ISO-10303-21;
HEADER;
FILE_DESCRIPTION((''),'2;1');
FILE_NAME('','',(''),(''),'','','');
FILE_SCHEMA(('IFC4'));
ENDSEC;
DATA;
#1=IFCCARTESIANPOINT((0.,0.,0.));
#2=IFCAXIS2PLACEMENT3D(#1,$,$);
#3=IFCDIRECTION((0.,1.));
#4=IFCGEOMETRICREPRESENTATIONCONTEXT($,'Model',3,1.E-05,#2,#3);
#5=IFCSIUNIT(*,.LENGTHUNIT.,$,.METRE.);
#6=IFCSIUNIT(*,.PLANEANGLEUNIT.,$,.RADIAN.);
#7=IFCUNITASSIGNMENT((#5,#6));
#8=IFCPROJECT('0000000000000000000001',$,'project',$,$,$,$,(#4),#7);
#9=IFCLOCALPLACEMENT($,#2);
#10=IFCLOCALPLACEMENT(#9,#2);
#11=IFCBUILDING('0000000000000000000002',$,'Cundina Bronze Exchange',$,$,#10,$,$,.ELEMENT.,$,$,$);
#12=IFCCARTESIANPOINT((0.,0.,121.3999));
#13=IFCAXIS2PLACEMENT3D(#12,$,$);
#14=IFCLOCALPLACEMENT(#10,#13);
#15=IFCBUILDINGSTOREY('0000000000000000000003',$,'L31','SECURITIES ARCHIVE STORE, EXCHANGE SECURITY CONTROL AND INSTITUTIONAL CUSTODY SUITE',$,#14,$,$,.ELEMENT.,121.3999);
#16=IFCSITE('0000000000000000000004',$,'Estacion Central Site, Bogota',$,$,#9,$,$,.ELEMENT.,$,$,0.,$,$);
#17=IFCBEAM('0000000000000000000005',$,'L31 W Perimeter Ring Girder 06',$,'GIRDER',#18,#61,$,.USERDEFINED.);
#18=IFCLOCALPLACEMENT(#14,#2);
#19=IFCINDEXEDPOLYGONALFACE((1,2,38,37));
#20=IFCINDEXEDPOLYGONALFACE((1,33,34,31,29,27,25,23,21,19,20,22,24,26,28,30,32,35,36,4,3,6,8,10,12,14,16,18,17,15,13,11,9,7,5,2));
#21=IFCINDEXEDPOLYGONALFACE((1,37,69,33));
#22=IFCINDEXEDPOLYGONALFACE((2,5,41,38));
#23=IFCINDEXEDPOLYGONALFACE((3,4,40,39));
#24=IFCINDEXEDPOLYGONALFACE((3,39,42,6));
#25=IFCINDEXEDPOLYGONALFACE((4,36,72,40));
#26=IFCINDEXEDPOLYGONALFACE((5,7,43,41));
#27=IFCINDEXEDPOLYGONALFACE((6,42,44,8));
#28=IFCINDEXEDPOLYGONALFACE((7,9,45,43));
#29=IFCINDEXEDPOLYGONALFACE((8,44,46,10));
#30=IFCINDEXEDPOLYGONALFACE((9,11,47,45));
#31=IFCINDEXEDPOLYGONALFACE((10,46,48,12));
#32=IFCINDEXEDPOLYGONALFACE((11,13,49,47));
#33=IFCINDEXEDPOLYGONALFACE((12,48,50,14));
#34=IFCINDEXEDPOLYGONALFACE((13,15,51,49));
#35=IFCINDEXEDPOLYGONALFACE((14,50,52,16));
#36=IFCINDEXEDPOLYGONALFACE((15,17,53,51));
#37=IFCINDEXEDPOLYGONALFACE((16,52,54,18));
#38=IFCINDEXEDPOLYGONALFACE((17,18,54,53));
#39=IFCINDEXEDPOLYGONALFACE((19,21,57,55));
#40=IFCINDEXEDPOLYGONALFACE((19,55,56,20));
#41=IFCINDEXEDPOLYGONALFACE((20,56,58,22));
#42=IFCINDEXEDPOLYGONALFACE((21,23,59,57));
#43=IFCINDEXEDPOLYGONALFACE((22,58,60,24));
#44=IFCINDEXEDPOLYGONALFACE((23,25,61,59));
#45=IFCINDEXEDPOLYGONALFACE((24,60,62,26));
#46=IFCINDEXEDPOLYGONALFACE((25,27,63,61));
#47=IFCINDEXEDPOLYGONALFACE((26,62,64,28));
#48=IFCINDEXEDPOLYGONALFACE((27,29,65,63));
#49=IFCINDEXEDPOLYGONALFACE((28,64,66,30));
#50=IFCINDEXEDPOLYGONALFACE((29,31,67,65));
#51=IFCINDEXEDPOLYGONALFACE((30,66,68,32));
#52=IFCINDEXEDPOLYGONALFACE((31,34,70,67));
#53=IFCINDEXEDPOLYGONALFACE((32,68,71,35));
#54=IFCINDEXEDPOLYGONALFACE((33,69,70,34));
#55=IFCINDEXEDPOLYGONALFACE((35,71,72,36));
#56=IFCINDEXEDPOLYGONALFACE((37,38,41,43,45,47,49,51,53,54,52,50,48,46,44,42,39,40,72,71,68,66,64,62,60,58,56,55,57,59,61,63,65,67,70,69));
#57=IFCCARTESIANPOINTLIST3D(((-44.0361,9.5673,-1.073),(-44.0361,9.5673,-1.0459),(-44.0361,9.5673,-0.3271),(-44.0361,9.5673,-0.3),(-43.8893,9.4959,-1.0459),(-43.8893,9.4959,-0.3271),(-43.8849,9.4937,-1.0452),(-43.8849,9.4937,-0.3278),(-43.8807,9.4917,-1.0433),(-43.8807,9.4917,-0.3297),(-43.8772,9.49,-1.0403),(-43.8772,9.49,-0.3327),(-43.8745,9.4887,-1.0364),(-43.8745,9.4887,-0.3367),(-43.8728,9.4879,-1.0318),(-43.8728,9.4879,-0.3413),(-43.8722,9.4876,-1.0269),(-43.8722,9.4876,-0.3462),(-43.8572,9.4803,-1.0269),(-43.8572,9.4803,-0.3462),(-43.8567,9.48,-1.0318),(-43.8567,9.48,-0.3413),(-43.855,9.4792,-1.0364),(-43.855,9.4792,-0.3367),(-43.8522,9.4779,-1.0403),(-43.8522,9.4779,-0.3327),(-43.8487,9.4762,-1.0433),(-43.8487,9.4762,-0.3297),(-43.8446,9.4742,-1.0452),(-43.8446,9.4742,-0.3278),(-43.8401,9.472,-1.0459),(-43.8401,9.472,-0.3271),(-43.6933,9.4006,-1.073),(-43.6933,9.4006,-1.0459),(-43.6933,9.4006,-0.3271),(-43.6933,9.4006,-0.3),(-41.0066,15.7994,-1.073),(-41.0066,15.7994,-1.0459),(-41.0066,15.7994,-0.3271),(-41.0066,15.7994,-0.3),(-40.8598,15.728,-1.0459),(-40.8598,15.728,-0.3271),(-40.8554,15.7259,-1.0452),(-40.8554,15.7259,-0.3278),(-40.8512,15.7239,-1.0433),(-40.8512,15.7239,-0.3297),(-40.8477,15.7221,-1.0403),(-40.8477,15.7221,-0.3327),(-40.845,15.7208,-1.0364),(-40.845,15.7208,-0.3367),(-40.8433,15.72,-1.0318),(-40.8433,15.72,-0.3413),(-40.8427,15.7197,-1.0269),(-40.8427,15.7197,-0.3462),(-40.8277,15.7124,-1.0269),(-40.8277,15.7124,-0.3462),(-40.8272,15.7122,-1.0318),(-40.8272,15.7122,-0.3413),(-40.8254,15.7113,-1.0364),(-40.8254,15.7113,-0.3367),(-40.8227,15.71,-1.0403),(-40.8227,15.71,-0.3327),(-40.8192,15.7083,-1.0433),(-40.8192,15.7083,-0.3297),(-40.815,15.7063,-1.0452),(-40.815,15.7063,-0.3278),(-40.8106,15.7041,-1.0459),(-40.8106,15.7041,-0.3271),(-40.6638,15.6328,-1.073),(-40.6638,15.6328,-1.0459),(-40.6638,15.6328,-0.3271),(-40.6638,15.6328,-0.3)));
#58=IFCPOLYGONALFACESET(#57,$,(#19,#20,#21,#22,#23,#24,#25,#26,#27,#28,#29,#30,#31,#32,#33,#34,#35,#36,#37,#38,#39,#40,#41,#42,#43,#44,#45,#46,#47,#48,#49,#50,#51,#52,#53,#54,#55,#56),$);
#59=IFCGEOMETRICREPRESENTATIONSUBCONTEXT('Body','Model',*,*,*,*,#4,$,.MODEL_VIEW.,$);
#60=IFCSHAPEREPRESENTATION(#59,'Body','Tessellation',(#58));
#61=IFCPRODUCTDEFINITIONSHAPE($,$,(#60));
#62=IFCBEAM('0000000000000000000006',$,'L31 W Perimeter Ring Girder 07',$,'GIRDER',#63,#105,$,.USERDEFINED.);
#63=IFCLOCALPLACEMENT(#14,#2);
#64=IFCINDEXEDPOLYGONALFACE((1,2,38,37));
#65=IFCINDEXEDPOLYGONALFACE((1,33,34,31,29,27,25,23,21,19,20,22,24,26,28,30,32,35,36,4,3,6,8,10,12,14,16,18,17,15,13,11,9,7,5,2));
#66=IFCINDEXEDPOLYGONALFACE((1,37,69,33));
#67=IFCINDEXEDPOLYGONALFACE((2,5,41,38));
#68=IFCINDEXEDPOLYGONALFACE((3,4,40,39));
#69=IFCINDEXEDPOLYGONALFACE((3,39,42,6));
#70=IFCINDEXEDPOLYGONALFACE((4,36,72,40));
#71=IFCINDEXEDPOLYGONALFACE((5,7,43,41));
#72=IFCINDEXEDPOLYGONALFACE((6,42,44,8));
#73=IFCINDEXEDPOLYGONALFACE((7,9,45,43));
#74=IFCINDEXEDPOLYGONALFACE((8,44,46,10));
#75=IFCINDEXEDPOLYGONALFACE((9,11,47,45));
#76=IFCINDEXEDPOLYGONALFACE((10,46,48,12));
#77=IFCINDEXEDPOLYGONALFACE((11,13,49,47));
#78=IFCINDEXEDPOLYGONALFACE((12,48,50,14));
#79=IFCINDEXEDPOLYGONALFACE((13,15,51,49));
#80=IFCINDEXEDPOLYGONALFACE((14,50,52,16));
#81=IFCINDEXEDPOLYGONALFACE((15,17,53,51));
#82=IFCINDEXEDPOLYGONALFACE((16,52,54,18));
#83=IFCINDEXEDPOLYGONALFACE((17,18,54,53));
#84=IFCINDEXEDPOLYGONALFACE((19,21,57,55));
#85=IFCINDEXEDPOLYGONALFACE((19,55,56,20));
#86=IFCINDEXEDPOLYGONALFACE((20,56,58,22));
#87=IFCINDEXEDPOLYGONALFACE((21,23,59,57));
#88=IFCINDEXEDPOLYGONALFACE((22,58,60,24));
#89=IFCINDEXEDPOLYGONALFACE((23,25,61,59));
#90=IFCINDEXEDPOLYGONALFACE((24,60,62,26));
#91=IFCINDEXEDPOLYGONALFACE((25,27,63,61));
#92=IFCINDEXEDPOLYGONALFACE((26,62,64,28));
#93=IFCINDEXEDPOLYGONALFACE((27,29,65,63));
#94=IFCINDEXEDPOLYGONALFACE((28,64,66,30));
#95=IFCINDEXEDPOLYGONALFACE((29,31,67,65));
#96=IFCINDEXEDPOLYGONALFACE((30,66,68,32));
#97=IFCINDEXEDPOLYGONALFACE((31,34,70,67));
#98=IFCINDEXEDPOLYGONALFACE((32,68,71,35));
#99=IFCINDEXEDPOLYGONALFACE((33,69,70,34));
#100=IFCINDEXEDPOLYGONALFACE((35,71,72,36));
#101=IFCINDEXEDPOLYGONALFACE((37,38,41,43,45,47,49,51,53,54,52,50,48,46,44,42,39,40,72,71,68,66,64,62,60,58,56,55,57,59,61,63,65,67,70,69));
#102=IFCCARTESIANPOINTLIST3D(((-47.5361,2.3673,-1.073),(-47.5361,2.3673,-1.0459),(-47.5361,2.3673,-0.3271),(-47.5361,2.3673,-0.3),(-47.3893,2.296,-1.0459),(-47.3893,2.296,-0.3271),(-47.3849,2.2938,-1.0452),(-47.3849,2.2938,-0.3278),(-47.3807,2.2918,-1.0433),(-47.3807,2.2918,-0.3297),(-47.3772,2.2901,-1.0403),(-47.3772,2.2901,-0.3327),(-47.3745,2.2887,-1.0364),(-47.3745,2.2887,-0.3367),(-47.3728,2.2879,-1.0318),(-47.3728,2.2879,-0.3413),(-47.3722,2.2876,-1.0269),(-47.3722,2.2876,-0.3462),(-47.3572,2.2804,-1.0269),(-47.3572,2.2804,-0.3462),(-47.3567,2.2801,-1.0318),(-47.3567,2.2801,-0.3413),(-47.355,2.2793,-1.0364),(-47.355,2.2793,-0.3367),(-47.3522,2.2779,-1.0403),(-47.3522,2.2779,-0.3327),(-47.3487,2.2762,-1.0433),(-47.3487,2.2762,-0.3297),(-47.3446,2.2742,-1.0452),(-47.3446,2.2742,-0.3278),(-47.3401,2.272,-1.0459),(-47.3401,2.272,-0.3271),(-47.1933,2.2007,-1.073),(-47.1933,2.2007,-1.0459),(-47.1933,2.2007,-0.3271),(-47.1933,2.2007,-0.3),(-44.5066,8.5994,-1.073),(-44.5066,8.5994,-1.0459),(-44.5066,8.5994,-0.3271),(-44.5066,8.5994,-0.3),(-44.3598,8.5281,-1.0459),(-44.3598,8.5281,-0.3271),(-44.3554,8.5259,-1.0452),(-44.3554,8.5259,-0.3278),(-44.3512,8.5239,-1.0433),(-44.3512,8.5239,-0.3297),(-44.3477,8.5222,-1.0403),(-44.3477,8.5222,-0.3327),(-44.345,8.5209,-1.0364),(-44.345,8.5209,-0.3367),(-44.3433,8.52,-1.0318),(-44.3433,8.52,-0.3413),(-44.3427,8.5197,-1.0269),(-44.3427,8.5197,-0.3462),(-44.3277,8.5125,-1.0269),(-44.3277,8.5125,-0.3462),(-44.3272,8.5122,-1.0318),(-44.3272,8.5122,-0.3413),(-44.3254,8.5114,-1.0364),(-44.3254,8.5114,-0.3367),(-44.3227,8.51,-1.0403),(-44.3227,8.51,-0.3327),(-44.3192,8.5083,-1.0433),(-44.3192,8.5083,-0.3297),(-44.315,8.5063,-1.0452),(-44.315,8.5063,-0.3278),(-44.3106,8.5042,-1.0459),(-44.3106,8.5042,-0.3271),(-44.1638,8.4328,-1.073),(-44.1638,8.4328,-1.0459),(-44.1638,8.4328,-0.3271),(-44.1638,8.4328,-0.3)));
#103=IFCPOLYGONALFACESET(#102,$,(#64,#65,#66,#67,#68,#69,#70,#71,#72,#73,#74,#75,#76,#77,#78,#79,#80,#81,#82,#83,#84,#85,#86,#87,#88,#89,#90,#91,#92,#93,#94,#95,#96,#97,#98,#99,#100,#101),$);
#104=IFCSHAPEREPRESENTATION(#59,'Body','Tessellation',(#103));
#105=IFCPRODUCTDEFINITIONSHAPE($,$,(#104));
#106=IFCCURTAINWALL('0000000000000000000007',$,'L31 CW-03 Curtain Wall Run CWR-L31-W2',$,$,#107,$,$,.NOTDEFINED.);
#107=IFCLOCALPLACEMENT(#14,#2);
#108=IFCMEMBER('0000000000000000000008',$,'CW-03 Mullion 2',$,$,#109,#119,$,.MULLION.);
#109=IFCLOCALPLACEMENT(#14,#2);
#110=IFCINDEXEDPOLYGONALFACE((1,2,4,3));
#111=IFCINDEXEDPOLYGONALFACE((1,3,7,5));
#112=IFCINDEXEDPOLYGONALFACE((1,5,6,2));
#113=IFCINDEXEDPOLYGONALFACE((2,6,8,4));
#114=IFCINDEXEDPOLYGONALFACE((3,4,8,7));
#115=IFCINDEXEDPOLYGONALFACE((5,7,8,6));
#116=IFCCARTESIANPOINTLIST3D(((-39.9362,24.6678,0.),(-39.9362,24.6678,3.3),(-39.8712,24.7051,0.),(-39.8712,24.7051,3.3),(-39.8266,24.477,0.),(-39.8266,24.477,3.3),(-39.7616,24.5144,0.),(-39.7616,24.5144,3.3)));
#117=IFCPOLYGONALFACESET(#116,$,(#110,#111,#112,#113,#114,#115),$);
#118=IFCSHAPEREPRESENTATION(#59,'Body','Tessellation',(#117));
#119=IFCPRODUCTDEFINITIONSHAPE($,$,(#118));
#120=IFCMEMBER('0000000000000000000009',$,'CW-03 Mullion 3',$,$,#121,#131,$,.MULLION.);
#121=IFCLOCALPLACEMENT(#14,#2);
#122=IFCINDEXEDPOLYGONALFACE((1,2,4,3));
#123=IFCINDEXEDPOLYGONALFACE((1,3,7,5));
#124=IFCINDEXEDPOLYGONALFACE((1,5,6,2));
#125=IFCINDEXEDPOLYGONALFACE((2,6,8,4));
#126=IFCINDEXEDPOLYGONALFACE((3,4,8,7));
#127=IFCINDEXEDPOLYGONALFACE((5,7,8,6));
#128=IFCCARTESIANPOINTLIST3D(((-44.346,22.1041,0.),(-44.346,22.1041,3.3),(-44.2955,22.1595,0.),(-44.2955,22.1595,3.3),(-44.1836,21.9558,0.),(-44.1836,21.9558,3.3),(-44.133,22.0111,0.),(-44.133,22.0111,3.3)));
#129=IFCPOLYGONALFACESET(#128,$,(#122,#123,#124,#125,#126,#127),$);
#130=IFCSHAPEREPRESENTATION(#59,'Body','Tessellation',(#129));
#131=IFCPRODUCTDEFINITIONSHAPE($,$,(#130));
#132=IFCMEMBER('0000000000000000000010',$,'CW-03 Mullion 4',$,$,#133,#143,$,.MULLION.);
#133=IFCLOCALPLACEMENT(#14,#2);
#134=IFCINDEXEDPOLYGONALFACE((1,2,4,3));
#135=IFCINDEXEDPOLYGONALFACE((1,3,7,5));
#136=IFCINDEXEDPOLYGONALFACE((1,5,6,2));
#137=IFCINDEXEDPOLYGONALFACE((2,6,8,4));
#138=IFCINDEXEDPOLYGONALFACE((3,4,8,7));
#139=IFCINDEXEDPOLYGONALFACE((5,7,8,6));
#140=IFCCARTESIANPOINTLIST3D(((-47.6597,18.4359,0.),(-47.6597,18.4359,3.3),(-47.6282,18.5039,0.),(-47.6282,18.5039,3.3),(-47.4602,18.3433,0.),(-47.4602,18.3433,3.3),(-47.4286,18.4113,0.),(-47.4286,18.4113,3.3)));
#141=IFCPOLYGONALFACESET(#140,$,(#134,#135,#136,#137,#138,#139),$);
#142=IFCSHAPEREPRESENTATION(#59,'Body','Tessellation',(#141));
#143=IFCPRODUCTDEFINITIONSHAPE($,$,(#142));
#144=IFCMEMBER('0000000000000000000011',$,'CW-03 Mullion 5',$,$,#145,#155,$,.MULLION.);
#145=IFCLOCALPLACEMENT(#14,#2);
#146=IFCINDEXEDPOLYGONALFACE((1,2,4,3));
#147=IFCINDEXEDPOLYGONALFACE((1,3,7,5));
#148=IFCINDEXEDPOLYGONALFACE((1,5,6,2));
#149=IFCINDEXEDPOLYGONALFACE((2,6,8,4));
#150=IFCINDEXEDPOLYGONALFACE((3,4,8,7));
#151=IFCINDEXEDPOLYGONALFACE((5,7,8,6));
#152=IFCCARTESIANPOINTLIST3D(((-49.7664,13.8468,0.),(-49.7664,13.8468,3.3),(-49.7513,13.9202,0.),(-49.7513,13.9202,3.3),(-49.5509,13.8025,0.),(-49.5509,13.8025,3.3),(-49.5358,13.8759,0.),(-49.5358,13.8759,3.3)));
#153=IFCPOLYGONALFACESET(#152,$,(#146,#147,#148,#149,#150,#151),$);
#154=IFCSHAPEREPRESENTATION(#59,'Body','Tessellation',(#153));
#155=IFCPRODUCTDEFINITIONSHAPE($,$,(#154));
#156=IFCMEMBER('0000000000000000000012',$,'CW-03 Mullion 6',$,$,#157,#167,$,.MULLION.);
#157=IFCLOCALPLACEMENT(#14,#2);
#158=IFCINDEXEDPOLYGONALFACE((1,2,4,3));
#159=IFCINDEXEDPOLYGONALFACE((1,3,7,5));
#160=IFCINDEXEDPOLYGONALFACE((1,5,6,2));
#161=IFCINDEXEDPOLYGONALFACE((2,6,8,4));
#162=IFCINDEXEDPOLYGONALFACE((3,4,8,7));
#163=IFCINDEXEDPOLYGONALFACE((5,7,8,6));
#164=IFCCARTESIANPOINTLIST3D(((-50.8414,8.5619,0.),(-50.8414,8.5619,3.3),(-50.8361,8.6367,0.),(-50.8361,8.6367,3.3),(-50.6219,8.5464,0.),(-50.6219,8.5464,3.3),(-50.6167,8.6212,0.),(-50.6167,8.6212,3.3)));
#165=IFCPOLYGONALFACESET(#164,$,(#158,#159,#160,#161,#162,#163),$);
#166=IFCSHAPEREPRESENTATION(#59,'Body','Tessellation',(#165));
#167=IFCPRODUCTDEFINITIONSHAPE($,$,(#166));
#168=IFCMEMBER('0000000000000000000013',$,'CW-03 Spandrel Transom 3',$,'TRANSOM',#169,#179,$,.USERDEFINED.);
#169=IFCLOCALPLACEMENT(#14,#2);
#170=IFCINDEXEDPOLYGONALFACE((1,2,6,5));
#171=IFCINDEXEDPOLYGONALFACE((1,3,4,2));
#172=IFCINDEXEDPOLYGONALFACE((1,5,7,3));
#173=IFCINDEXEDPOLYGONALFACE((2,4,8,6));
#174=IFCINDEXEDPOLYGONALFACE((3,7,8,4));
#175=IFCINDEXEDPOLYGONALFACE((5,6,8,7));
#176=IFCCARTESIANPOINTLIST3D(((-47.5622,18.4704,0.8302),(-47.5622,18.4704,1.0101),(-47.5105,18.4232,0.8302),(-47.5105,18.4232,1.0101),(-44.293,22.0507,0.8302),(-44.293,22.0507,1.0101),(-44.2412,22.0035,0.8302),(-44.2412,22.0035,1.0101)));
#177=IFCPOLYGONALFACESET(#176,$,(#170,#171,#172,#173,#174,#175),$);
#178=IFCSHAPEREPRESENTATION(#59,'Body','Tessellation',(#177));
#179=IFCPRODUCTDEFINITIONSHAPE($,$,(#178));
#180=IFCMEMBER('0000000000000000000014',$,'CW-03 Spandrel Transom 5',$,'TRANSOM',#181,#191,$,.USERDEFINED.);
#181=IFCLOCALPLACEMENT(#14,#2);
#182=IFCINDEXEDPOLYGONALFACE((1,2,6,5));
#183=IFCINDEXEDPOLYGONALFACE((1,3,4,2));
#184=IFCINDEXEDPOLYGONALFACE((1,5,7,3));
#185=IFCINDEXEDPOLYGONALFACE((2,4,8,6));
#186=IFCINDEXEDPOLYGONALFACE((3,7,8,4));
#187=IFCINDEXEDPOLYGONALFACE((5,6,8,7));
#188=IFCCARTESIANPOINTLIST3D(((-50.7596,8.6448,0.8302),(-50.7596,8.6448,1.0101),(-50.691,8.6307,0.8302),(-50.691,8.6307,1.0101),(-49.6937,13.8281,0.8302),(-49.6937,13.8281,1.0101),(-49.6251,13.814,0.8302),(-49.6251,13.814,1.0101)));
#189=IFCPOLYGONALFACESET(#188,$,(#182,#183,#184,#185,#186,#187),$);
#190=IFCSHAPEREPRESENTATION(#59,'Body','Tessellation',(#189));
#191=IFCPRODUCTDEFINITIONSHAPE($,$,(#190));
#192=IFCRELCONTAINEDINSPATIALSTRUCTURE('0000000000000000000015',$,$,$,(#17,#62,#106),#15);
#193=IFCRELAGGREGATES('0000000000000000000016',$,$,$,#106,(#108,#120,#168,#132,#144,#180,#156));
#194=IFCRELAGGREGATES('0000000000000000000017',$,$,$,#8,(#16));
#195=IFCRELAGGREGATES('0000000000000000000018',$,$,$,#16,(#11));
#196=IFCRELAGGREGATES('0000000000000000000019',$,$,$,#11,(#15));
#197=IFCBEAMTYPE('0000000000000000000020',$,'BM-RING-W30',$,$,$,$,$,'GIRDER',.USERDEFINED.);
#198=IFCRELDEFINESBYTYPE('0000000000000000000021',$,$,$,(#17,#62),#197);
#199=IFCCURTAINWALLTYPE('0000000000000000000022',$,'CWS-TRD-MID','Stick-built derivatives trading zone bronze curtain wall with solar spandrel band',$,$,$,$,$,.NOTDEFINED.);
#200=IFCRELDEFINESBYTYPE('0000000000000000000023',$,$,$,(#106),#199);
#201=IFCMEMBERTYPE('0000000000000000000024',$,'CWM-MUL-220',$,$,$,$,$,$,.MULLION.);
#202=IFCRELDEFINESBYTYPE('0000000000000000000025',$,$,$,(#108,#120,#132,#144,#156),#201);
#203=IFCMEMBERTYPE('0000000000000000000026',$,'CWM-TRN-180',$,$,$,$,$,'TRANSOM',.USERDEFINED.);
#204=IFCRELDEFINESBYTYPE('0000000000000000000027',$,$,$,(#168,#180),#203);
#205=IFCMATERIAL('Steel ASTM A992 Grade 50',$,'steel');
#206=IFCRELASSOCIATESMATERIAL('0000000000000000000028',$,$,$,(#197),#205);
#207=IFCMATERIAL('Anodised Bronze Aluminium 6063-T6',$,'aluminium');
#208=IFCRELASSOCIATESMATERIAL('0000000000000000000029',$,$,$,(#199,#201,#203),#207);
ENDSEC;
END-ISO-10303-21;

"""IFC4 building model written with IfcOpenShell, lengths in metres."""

from ifc_helpers import new_model, si_unit, direction, frame, origin, origin_2d, place, context, subcontext, project, spatial, rectangle, i_section, extrude, material, material_profile, profile_set, type_object, element, aggregate, save


model = new_model("IFC4")

# Units and contexts
model_context = context("Model", 3, precision=1e-05, world=origin(), true_north=direction((0.0, 1.0)))
body_context = subcontext(model_context, "Body", "Model", "MODEL_VIEW")
ifc_project = project(units=[si_unit("LENGTHUNIT", "METRE"), si_unit("PLANEANGLEUNIT", "RADIAN")], contexts=[model_context])

# Site, building, storey
site_placement = place(None, origin())
site = spatial("IfcSite", under=ifc_project, at=site_placement, Name="Estacion Central Site, Bogota", CompositionType="ELEMENT", RefElevation=0.0)
building_placement = place(site_placement, origin())
building = spatial("IfcBuilding", under=site, at=building_placement, Name="Cundina Bronze Exchange", CompositionType="ELEMENT")
storey_placement = place(building_placement, frame((0.0, 0.0, 121.3999)))
storey = spatial("IfcBuildingStorey", under=building, at=storey_placement, Name="L31", Description="SECURITIES ARCHIVE STORE, EXCHANGE SECURITY CONTROL AND INSTITUTIONAL CUSTODY SUITE", CompositionType="ELEMENT", Elevation=121.3999)

# Beams
ifc_material_1 = material(Name="Steel ASTM A992 Grade 50", Category="steel")
ifc_material_profile_1 = material_profile(ifc_material_1, i_section(OverallWidth=0.3811, OverallDepth=0.7729, WebThickness=0.0166, FlangeThickness=0.0271, FilletRadius=0.019, at=origin_2d()), Name="W30X173", Category="steel")
ifc_profile_set_1 = profile_set([ifc_material_profile_1], Name="Steel ASTM A992 Grade 50")
beam_type_1 = type_object("IfcBeamType", Name="BM-RING-W30", ElementType="GIRDER", PredefinedType="USERDEFINED", material=ifc_profile_set_1)
for number, where, z_axis, x_axis, name in (
    (1, (-40.8352, 15.7161, -0.6865), (-0.437194, -0.899367, 0.0), (0.899367, -0.437194, 0.0), "L31 W Perimeter Ring Girder 06"),
    (2, (-44.3352, 8.5161, -0.6865), (-0.437194, -0.899367, 0.0), (0.899367, -0.437194, 0.0), "L31 W Perimeter Ring Girder 07"),
):
    element("IfcBeam", number, at=place(storey_placement, frame(where, z_axis=z_axis, x_axis=x_axis)), inside=storey, type_object=beam_type_1, Name=name, ObjectType="GIRDER", PredefinedType="USERDEFINED", context=body_context, shape_type="SweptSolid", body=[
        extrude(i_section(OverallWidth=0.3811, OverallDepth=0.7729, WebThickness=0.0166, FlangeThickness=0.0271, FilletRadius=0.019, at=origin_2d()), origin(), (0.0, 0.0, 1.0), 6.9294),
    ])

# Curtain wall, members
ifc_material_2 = material(Name="Anodised Bronze Aluminium 6063-T6", Category="aluminium")
curtain_wall_type = type_object("IfcCurtainWallType", Name="CWS-TRD-MID", Description="Stick-built derivatives trading zone bronze curtain wall with solar spandrel band", PredefinedType="NOTDEFINED", material=ifc_material_2)
curtain_wall_placement = place(storey_placement, origin())
curtain_wall = element("IfcCurtainWall", 3, at=curtain_wall_placement, inside=storey, type_object=curtain_wall_type, Name="L31 CW-03 Curtain Wall Run CWR-L31-W2", PredefinedType="NOTDEFINED")
ifc_material_profile_2 = material_profile(ifc_material_2, rectangle(XDim=0.075, YDim=0.22, at=origin_2d()), Name="AL75X220", Category="aluminium")
ifc_profile_set_2 = profile_set([ifc_material_profile_2], Name="Anodised Bronze Aluminium 6063-T6")
member_type_1 = type_object("IfcMemberType", Name="CWM-MUL-220", PredefinedType="MULLION", material=ifc_profile_set_2)
member_1_placement = place(storey_placement, frame((-39.8489, 24.5911, 0.0), z_axis=(0.0, 0.0, 1.0), x_axis=(-0.867071, -0.498185, 0.0)))
member_1 = element("IfcMember", 4, at=member_1_placement, type_object=member_type_1, Name="CW-03 Mullion 2", PredefinedType="MULLION", context=body_context, shape_type="SweptSolid", body=[
    extrude(rectangle(XDim=0.075, YDim=0.22, at=origin_2d()), origin(), (0.0, 0.0, 1.0), 3.3),
])
member_2_placement = place(storey_placement, frame((-44.2395, 22.0576, 0.0), z_axis=(0.0, 0.0, 1.0), x_axis=(-0.674302, -0.738455, 0.0)))
member_2 = element("IfcMember", 5, at=member_2_placement, type_object=member_type_1, Name="CW-03 Mullion 3", PredefinedType="MULLION", context=body_context, shape_type="SweptSolid", body=[
    extrude(rectangle(XDim=0.075, YDim=0.22, at=origin_2d()), origin(), (0.0, 0.0, 1.0), 3.3),
])
member_3_placement = place(storey_placement, frame((-47.5442, 18.4236, 0.0), z_axis=(0.0, 0.0, 1.0), x_axis=(-0.420877, -0.907117, 0.0)))
member_3 = element("IfcMember", 6, at=member_3_placement, type_object=member_type_1, Name="CW-03 Mullion 4", PredefinedType="MULLION", context=body_context, shape_type="SweptSolid", body=[
    extrude(rectangle(XDim=0.075, YDim=0.22, at=origin_2d()), origin(), (0.0, 0.0, 1.0), 3.3),
])
member_4_placement = place(storey_placement, frame((-49.6511, 13.8613, 0.0), z_axis=(0.0, 0.0, 1.0), x_axis=(-0.20142, -0.979505, 0.0)))
member_4 = element("IfcMember", 7, at=member_4_placement, type_object=member_type_1, Name="CW-03 Mullion 5", PredefinedType="MULLION", context=body_context, shape_type="SweptSolid", body=[
    extrude(rectangle(XDim=0.075, YDim=0.22, at=origin_2d()), origin(), (0.0, 0.0, 1.0), 3.3),
])
member_5_placement = place(storey_placement, frame((-50.729, 8.5916, 0.0), z_axis=(0.0, 0.0, 1.0), x_axis=(-0.070279, -0.997527, 0.0)))
member_5 = element("IfcMember", 8, at=member_5_placement, type_object=member_type_1, Name="CW-03 Mullion 6", PredefinedType="MULLION", context=body_context, shape_type="SweptSolid", body=[
    extrude(rectangle(XDim=0.075, YDim=0.22, at=origin_2d()), origin(), (0.0, 0.0, 1.0), 3.3),
])
ifc_material_profile_3 = material_profile(ifc_material_2, rectangle(XDim=0.0701, YDim=0.1799, at=origin_2d()), Name="AL70X180", Category="aluminium")
ifc_profile_set_3 = profile_set([ifc_material_profile_3], Name="Anodised Bronze Aluminium 6063-T6")
member_type_2 = type_object("IfcMemberType", Name="CWM-TRN-180", ElementType="TRANSOM", PredefinedType="USERDEFINED", material=ifc_profile_set_3)
member_6_placement = place(storey_placement, frame((-44.2671, 22.0271, 0.9202), z_axis=(-0.674303, -0.738455, 0.0), x_axis=(0.738455, -0.674303, 0.0)))
member_6 = element("IfcMember", 9, at=member_6_placement, type_object=member_type_2, Name="CW-03 Spandrel Transom 3", ObjectType="TRANSOM", PredefinedType="USERDEFINED", context=body_context, shape_type="SweptSolid", body=[
    extrude(rectangle(XDim=0.0701, YDim=0.1799, at=origin_2d()), origin(), (0.0, 0.0, 1.0), 4.8484),
])
member_7_placement = place(storey_placement, frame((-49.6594, 13.821, 0.9202), z_axis=(-0.201428, -0.979503, 0.0), x_axis=(0.979503, -0.201428, 0.0)))
member_7 = element("IfcMember", 10, at=member_7_placement, type_object=member_type_2, Name="CW-03 Spandrel Transom 5", ObjectType="TRANSOM", PredefinedType="USERDEFINED", context=body_context, shape_type="SweptSolid", body=[
    extrude(rectangle(XDim=0.0701, YDim=0.1799, at=origin_2d()), origin(), (0.0, 0.0, 1.0), 5.2917),
])
aggregate(curtain_wall, [member_1, member_2, member_6, member_3, member_4, member_7, member_5])

save(model, "model.ifc")
